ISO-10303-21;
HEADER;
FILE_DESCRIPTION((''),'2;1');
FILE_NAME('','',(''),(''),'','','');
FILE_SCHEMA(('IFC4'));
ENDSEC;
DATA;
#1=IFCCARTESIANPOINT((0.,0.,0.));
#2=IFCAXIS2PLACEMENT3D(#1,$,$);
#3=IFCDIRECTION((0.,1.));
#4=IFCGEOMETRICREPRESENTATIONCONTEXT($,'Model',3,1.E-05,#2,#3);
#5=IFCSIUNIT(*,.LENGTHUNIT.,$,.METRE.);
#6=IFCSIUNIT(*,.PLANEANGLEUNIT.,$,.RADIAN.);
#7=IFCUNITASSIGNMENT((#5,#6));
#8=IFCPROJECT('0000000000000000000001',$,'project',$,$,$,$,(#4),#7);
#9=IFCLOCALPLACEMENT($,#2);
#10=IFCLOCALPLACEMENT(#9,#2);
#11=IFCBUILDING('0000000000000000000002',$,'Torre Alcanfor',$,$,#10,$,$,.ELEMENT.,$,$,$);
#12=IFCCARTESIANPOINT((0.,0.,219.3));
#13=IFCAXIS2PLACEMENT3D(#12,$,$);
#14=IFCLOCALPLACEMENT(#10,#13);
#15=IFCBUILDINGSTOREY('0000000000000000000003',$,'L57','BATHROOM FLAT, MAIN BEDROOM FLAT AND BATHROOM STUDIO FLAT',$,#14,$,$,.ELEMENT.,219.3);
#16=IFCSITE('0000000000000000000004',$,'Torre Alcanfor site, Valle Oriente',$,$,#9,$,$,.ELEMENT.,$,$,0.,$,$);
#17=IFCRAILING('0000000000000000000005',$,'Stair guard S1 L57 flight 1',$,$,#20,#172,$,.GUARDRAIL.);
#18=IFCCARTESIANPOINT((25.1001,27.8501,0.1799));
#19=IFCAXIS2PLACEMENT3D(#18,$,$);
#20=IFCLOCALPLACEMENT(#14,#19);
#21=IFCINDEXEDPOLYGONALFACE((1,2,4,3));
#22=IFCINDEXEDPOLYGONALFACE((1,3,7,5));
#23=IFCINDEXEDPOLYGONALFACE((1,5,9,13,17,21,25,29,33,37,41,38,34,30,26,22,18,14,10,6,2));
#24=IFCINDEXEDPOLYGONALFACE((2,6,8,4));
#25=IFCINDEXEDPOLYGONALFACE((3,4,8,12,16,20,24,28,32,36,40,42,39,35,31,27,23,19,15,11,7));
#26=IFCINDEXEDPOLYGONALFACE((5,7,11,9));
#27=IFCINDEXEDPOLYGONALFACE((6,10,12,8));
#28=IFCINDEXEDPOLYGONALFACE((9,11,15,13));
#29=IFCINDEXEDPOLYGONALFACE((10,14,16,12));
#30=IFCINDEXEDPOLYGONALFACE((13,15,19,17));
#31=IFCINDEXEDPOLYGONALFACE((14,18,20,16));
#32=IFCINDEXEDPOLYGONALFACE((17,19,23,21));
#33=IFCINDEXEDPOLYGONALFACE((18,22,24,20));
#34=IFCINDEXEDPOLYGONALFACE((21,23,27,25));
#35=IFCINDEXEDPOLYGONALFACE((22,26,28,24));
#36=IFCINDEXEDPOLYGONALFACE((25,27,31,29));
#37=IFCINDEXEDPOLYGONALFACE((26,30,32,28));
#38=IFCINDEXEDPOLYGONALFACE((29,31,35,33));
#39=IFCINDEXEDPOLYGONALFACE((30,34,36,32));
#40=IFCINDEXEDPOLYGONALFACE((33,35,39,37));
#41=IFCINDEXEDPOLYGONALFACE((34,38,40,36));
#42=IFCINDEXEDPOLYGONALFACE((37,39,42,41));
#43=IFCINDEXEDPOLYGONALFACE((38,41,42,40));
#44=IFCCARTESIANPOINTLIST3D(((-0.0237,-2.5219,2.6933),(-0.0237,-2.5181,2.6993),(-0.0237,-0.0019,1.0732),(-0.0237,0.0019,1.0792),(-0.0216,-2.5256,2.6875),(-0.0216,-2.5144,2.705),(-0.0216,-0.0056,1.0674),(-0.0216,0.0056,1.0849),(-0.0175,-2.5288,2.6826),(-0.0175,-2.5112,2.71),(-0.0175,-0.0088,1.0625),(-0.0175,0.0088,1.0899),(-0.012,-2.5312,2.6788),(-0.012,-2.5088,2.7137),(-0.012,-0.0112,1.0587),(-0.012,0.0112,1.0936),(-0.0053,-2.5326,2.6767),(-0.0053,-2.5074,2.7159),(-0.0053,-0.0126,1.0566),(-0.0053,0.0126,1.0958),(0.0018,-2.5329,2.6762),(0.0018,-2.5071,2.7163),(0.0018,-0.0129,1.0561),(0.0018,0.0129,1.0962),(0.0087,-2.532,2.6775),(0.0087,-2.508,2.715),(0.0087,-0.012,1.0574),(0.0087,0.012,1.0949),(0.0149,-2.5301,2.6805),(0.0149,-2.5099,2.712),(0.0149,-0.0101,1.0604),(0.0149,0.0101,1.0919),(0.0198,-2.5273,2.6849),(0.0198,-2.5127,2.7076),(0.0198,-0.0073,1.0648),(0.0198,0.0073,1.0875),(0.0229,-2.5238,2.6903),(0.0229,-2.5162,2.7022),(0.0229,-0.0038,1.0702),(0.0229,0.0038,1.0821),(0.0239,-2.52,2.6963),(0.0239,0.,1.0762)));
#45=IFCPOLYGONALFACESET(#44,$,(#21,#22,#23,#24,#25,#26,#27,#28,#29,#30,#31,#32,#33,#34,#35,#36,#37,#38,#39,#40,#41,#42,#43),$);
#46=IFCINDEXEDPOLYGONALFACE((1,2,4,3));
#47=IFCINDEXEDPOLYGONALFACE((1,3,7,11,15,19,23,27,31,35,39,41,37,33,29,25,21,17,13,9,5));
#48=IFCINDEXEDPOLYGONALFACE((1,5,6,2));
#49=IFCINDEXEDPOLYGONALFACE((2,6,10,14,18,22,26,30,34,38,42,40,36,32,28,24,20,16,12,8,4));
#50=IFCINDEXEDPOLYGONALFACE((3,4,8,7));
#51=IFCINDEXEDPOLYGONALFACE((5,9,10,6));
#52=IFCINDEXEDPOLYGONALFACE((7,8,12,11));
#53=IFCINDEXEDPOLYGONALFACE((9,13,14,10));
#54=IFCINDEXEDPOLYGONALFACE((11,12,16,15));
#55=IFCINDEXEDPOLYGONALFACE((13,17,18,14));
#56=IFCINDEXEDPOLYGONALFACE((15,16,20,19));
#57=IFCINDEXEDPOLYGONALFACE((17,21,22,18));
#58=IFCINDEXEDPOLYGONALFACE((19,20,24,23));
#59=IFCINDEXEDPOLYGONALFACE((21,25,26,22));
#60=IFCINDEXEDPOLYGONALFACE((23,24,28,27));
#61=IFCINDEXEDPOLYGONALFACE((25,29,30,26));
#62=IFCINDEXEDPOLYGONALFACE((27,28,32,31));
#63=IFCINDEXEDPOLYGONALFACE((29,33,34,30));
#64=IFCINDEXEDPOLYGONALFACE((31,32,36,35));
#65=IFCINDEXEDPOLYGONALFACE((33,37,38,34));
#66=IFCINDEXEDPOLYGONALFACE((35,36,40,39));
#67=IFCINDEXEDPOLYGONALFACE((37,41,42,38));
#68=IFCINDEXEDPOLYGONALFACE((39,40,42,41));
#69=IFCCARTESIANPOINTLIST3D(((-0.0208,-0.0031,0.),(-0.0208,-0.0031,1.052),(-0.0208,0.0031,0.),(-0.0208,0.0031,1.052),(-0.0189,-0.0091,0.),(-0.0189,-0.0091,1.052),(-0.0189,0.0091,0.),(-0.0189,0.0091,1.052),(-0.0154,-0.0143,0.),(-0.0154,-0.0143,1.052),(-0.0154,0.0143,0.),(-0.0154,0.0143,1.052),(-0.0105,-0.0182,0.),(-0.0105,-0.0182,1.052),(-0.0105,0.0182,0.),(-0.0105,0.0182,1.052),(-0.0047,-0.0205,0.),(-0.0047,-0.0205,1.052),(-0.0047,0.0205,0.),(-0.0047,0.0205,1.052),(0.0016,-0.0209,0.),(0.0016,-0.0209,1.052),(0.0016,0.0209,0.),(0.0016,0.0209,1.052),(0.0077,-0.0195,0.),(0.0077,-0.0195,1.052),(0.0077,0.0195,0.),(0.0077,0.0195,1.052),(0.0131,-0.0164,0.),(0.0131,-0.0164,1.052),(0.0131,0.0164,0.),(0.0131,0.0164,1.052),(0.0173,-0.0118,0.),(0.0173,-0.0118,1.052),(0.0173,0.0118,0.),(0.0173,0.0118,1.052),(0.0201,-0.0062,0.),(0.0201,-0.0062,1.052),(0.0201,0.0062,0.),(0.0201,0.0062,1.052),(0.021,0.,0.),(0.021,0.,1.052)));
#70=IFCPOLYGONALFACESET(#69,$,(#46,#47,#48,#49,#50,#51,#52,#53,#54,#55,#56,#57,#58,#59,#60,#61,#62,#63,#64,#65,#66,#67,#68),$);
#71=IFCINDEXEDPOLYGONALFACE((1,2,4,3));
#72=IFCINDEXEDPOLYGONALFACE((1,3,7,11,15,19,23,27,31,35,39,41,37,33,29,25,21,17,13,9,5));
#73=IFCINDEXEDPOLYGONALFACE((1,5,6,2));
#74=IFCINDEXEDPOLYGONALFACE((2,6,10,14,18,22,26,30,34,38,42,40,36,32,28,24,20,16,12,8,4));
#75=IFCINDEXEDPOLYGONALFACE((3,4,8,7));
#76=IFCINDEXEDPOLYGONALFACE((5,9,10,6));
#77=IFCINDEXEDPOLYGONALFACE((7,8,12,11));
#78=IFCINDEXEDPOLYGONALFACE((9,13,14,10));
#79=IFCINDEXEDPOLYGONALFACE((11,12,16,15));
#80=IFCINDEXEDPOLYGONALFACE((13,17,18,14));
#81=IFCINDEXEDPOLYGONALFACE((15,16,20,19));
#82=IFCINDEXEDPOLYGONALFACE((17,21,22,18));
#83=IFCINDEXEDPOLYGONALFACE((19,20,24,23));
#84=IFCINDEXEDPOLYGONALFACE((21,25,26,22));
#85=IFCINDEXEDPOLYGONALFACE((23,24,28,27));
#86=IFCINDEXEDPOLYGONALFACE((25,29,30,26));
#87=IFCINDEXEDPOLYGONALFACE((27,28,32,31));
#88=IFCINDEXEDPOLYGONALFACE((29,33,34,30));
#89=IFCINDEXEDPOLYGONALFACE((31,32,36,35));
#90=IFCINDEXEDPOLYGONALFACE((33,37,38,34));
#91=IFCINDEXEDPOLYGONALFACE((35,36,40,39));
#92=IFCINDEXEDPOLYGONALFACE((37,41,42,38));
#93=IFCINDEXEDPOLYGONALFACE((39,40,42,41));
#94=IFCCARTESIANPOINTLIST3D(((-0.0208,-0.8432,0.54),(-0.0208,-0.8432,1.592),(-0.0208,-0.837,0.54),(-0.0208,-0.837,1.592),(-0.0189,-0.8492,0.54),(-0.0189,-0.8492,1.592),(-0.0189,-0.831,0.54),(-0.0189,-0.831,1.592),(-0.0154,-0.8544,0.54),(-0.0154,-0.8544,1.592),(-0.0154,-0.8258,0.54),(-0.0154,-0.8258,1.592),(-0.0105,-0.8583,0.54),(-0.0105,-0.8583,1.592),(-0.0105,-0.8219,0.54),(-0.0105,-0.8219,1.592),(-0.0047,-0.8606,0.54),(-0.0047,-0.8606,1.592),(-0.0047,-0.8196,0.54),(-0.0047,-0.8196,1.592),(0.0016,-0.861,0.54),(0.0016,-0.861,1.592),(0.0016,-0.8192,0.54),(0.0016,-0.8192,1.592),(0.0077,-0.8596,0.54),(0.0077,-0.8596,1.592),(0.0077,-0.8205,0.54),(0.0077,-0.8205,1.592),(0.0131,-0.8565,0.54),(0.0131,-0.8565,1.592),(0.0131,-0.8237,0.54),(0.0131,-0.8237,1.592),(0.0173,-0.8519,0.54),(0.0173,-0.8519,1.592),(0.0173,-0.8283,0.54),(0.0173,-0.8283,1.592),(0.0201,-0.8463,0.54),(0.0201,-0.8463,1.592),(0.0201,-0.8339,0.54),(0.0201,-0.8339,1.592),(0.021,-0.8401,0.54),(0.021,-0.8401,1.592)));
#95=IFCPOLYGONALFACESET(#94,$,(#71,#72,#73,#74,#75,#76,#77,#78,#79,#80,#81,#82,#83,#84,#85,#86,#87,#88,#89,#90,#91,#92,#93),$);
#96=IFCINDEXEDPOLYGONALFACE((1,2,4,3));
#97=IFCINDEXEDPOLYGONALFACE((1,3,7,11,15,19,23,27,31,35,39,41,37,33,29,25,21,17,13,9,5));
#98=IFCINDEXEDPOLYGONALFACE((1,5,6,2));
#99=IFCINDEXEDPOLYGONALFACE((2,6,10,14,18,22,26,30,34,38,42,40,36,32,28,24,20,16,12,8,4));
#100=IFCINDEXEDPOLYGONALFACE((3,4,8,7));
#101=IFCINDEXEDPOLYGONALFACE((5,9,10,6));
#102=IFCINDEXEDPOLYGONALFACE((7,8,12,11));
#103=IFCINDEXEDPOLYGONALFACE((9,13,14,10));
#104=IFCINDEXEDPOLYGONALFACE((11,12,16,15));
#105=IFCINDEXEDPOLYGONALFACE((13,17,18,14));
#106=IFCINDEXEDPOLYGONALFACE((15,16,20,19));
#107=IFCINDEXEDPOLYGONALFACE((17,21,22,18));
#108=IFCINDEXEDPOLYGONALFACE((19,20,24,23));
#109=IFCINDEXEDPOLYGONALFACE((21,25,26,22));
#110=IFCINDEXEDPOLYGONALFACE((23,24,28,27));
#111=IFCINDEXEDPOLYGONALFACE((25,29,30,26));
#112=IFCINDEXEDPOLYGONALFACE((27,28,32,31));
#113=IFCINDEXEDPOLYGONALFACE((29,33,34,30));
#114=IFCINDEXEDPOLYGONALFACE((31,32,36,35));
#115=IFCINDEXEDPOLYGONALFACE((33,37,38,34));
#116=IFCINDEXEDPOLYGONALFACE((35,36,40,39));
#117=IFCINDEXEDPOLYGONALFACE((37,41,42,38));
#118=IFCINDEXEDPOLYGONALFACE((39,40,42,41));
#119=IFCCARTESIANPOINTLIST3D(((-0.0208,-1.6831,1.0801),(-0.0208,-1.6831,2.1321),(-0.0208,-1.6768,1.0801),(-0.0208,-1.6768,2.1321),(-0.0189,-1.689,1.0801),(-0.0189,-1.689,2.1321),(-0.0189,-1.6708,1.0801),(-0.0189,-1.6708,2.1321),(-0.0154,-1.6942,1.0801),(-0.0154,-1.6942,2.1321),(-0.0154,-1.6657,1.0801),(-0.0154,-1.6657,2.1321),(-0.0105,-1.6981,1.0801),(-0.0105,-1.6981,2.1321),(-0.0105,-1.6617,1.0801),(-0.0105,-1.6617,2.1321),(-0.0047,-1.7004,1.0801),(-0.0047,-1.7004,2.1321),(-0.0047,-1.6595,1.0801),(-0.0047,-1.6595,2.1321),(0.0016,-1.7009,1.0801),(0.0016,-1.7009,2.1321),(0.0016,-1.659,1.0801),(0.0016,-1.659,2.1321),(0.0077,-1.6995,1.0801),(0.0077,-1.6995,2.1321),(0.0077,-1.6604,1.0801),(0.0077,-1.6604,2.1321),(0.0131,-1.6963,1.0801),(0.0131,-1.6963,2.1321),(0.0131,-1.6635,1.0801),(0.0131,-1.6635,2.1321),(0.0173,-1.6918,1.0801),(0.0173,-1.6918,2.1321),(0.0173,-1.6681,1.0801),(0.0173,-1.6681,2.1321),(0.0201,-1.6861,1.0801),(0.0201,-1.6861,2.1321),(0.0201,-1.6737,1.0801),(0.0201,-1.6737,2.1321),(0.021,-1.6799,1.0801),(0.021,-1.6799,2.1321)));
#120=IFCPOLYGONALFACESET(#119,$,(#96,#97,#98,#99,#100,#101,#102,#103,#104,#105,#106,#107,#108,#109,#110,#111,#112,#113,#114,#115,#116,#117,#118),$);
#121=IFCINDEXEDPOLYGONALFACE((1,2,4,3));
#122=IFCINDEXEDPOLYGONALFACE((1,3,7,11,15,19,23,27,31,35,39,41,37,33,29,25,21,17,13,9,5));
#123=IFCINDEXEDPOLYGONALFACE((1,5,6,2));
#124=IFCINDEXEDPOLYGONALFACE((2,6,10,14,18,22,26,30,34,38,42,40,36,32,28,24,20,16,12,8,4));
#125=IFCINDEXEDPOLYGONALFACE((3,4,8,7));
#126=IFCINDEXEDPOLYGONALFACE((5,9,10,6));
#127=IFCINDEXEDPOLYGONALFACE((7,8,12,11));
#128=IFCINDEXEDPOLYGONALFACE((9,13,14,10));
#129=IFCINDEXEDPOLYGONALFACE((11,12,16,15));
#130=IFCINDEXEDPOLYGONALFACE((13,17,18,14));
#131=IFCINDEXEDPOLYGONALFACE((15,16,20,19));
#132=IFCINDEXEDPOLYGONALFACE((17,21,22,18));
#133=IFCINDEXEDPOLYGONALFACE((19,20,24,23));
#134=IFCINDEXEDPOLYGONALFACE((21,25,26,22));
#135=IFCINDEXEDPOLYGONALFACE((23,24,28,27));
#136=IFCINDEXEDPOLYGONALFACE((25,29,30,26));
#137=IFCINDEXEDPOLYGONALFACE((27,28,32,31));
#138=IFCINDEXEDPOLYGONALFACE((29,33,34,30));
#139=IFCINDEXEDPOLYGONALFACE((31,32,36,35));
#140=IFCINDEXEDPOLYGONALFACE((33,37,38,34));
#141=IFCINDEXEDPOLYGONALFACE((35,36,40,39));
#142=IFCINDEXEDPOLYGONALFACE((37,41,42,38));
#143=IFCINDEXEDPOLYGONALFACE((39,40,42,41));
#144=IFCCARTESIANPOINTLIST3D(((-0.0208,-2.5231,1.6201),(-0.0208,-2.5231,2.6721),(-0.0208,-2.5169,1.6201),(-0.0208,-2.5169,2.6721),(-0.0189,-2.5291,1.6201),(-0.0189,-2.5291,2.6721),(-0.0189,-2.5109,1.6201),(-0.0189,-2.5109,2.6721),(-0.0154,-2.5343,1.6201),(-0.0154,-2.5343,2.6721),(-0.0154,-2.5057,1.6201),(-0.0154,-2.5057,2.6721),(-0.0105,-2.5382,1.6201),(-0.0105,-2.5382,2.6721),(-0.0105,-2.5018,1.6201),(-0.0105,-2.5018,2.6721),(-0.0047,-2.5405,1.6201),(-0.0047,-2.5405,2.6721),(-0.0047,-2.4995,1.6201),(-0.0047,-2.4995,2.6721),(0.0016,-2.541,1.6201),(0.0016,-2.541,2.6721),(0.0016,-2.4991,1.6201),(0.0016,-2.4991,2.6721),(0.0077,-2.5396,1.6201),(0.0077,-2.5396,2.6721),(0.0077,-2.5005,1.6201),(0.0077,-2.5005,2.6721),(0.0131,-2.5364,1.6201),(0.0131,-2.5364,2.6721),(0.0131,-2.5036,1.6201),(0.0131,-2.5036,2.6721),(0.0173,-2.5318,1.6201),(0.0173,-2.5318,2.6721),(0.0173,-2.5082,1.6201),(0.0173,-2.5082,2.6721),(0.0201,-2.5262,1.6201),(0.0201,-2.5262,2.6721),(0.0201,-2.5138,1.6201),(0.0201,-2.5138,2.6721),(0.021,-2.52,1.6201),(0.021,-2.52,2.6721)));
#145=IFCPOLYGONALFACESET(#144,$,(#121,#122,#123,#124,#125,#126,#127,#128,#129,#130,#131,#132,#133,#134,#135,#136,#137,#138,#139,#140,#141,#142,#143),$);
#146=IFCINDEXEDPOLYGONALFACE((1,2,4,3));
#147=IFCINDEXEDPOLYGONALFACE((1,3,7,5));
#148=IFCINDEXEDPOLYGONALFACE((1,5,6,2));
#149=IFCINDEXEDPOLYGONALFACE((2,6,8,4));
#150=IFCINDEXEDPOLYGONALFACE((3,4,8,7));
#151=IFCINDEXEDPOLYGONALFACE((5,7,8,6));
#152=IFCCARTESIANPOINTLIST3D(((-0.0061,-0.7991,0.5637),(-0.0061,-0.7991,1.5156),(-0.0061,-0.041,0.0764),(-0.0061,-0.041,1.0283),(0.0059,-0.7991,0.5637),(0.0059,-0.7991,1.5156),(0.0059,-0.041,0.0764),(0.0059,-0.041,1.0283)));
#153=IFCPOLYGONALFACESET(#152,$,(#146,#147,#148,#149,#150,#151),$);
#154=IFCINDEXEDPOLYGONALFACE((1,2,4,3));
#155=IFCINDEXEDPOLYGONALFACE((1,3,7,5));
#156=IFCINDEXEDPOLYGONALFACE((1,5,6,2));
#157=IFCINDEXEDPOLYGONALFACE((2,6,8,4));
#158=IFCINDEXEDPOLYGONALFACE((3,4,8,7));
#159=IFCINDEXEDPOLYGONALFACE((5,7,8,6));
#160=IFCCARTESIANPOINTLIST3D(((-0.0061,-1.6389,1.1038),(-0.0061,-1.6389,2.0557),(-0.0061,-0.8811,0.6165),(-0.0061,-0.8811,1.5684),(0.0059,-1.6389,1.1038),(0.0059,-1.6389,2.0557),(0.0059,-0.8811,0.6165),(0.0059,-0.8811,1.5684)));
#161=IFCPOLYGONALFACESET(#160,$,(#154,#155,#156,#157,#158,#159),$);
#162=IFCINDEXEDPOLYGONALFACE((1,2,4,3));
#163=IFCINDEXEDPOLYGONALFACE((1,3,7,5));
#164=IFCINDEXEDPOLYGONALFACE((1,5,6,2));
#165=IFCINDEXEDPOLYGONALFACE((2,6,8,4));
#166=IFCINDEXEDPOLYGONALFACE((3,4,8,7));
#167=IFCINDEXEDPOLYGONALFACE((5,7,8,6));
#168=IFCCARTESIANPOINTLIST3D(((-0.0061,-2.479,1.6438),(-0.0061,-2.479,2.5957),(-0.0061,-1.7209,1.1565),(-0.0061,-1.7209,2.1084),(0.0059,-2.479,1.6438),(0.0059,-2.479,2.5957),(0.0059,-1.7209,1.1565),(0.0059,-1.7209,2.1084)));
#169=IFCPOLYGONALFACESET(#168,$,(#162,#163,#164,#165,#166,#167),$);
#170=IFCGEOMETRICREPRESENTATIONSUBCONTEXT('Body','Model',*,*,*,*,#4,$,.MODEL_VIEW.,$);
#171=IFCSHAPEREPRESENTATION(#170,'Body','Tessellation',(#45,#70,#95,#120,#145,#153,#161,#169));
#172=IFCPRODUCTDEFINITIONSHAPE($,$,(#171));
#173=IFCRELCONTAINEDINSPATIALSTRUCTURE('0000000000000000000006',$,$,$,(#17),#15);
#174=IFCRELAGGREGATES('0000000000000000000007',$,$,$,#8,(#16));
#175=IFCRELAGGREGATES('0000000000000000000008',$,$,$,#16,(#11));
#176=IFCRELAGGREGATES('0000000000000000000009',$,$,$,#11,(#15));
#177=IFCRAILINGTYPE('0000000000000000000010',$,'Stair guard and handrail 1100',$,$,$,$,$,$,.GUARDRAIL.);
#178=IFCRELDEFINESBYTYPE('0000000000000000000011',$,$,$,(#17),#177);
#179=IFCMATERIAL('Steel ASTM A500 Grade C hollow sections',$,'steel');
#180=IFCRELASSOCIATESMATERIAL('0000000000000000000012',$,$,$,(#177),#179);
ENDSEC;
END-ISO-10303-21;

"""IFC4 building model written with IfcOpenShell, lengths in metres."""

from ifc_helpers import new_model, si_unit, direction, frame, origin, origin_2d, place, context, subcontext, project, spatial, polyline, circle, outline, extrude, material, type_object, element, save


model = new_model("IFC4")

# Units and contexts
model_context = context("Model", 3, precision=1e-05, world=origin(), true_north=direction((0.0, 1.0)))
body_context = subcontext(model_context, "Body", "Model", "MODEL_VIEW")
ifc_project = project(units=[si_unit("LENGTHUNIT", "METRE"), si_unit("PLANEANGLEUNIT", "RADIAN")], contexts=[model_context])

# Site, building, storey
site_placement = place(None, origin())
site = spatial("IfcSite", under=ifc_project, at=site_placement, Name="Torre Alcanfor site, Valle Oriente", CompositionType="ELEMENT", RefElevation=0.0)
building_placement = place(site_placement, origin())
building = spatial("IfcBuilding", under=site, at=building_placement, Name="Torre Alcanfor", CompositionType="ELEMENT")
storey_placement = place(building_placement, frame((0.0, 0.0, 219.3)))
storey = spatial("IfcBuildingStorey", under=building, at=storey_placement, Name="L57", Description="BATHROOM FLAT, MAIN BEDROOM FLAT AND BATHROOM STUDIO FLAT", CompositionType="ELEMENT", Elevation=219.3)

# Railing
ifc_material_1 = material(Name="Steel ASTM A500 Grade C hollow sections", Category="steel")
railing_type = type_object("IfcRailingType", Name="Stair guard and handrail 1100", PredefinedType="GUARDRAIL", material=ifc_material_1)
railing_1_placement = place(storey_placement, frame((25.1001, 27.8501, 0.1799)))
element("IfcRailing", 1, at=railing_1_placement, inside=storey, type_object=railing_type, Name="Stair guard S1 L57 flight 1", PredefinedType="GUARDRAIL", context=body_context, shape_type="SweptSolid", body=[
    extrude(circle(Radius=0.0239, at=origin_2d()), frame((0.0, 0.0, 1.0762), z_axis=(0.0, -0.841163, 0.540782), x_axis=(1.0, 0.0, 0.0)), (0.0, 0.0, 1.0), 2.9958),
    extrude(circle(Radius=0.021, at=origin_2d()), origin(), (0.0, 0.0, 1.0), 1.052),
    extrude(circle(Radius=0.021, at=origin_2d()), frame((0.0, -0.8401, 0.54)), (0.0, 0.0, 1.0), 1.052),
    extrude(circle(Radius=0.021, at=origin_2d()), frame((0.0, -1.6799, 1.0801)), (0.0, 0.0, 1.0), 1.052),
    extrude(circle(Radius=0.021, at=origin_2d()), frame((0.0, -2.52, 1.6201)), (0.0, 0.0, 1.0), 1.052),
    extrude(outline(polyline([(0.041, 0.0764), (0.7991, 0.5637), (0.7991, 1.5156), (0.041, 1.0283), (0.041, 0.0764)])), frame((0.0059, 0.0, 0.0), z_axis=(-1.0, 0.0, 0.0), x_axis=(0.0, -1.0, 0.0)), (0.0, 0.0, 1.0), 0.012),
    extrude(outline(polyline([(0.8811, 0.6165), (1.6389, 1.1038), (1.6389, 2.0557), (0.8811, 1.5684), (0.8811, 0.6165)])), frame((0.0059, 0.0, 0.0), z_axis=(-1.0, 0.0, 0.0), x_axis=(0.0, -1.0, 0.0)), (0.0, 0.0, 1.0), 0.012),
    extrude(outline(polyline([(1.7209, 1.1565), (2.479, 1.6438), (2.479, 2.5957), (1.7209, 2.1084), (1.7209, 1.1565)])), frame((0.0059, 0.0, 0.0), z_axis=(-1.0, 0.0, 0.0), x_axis=(0.0, -1.0, 0.0)), (0.0, 0.0, 1.0), 0.012),
])

save(model, "model.ifc")
